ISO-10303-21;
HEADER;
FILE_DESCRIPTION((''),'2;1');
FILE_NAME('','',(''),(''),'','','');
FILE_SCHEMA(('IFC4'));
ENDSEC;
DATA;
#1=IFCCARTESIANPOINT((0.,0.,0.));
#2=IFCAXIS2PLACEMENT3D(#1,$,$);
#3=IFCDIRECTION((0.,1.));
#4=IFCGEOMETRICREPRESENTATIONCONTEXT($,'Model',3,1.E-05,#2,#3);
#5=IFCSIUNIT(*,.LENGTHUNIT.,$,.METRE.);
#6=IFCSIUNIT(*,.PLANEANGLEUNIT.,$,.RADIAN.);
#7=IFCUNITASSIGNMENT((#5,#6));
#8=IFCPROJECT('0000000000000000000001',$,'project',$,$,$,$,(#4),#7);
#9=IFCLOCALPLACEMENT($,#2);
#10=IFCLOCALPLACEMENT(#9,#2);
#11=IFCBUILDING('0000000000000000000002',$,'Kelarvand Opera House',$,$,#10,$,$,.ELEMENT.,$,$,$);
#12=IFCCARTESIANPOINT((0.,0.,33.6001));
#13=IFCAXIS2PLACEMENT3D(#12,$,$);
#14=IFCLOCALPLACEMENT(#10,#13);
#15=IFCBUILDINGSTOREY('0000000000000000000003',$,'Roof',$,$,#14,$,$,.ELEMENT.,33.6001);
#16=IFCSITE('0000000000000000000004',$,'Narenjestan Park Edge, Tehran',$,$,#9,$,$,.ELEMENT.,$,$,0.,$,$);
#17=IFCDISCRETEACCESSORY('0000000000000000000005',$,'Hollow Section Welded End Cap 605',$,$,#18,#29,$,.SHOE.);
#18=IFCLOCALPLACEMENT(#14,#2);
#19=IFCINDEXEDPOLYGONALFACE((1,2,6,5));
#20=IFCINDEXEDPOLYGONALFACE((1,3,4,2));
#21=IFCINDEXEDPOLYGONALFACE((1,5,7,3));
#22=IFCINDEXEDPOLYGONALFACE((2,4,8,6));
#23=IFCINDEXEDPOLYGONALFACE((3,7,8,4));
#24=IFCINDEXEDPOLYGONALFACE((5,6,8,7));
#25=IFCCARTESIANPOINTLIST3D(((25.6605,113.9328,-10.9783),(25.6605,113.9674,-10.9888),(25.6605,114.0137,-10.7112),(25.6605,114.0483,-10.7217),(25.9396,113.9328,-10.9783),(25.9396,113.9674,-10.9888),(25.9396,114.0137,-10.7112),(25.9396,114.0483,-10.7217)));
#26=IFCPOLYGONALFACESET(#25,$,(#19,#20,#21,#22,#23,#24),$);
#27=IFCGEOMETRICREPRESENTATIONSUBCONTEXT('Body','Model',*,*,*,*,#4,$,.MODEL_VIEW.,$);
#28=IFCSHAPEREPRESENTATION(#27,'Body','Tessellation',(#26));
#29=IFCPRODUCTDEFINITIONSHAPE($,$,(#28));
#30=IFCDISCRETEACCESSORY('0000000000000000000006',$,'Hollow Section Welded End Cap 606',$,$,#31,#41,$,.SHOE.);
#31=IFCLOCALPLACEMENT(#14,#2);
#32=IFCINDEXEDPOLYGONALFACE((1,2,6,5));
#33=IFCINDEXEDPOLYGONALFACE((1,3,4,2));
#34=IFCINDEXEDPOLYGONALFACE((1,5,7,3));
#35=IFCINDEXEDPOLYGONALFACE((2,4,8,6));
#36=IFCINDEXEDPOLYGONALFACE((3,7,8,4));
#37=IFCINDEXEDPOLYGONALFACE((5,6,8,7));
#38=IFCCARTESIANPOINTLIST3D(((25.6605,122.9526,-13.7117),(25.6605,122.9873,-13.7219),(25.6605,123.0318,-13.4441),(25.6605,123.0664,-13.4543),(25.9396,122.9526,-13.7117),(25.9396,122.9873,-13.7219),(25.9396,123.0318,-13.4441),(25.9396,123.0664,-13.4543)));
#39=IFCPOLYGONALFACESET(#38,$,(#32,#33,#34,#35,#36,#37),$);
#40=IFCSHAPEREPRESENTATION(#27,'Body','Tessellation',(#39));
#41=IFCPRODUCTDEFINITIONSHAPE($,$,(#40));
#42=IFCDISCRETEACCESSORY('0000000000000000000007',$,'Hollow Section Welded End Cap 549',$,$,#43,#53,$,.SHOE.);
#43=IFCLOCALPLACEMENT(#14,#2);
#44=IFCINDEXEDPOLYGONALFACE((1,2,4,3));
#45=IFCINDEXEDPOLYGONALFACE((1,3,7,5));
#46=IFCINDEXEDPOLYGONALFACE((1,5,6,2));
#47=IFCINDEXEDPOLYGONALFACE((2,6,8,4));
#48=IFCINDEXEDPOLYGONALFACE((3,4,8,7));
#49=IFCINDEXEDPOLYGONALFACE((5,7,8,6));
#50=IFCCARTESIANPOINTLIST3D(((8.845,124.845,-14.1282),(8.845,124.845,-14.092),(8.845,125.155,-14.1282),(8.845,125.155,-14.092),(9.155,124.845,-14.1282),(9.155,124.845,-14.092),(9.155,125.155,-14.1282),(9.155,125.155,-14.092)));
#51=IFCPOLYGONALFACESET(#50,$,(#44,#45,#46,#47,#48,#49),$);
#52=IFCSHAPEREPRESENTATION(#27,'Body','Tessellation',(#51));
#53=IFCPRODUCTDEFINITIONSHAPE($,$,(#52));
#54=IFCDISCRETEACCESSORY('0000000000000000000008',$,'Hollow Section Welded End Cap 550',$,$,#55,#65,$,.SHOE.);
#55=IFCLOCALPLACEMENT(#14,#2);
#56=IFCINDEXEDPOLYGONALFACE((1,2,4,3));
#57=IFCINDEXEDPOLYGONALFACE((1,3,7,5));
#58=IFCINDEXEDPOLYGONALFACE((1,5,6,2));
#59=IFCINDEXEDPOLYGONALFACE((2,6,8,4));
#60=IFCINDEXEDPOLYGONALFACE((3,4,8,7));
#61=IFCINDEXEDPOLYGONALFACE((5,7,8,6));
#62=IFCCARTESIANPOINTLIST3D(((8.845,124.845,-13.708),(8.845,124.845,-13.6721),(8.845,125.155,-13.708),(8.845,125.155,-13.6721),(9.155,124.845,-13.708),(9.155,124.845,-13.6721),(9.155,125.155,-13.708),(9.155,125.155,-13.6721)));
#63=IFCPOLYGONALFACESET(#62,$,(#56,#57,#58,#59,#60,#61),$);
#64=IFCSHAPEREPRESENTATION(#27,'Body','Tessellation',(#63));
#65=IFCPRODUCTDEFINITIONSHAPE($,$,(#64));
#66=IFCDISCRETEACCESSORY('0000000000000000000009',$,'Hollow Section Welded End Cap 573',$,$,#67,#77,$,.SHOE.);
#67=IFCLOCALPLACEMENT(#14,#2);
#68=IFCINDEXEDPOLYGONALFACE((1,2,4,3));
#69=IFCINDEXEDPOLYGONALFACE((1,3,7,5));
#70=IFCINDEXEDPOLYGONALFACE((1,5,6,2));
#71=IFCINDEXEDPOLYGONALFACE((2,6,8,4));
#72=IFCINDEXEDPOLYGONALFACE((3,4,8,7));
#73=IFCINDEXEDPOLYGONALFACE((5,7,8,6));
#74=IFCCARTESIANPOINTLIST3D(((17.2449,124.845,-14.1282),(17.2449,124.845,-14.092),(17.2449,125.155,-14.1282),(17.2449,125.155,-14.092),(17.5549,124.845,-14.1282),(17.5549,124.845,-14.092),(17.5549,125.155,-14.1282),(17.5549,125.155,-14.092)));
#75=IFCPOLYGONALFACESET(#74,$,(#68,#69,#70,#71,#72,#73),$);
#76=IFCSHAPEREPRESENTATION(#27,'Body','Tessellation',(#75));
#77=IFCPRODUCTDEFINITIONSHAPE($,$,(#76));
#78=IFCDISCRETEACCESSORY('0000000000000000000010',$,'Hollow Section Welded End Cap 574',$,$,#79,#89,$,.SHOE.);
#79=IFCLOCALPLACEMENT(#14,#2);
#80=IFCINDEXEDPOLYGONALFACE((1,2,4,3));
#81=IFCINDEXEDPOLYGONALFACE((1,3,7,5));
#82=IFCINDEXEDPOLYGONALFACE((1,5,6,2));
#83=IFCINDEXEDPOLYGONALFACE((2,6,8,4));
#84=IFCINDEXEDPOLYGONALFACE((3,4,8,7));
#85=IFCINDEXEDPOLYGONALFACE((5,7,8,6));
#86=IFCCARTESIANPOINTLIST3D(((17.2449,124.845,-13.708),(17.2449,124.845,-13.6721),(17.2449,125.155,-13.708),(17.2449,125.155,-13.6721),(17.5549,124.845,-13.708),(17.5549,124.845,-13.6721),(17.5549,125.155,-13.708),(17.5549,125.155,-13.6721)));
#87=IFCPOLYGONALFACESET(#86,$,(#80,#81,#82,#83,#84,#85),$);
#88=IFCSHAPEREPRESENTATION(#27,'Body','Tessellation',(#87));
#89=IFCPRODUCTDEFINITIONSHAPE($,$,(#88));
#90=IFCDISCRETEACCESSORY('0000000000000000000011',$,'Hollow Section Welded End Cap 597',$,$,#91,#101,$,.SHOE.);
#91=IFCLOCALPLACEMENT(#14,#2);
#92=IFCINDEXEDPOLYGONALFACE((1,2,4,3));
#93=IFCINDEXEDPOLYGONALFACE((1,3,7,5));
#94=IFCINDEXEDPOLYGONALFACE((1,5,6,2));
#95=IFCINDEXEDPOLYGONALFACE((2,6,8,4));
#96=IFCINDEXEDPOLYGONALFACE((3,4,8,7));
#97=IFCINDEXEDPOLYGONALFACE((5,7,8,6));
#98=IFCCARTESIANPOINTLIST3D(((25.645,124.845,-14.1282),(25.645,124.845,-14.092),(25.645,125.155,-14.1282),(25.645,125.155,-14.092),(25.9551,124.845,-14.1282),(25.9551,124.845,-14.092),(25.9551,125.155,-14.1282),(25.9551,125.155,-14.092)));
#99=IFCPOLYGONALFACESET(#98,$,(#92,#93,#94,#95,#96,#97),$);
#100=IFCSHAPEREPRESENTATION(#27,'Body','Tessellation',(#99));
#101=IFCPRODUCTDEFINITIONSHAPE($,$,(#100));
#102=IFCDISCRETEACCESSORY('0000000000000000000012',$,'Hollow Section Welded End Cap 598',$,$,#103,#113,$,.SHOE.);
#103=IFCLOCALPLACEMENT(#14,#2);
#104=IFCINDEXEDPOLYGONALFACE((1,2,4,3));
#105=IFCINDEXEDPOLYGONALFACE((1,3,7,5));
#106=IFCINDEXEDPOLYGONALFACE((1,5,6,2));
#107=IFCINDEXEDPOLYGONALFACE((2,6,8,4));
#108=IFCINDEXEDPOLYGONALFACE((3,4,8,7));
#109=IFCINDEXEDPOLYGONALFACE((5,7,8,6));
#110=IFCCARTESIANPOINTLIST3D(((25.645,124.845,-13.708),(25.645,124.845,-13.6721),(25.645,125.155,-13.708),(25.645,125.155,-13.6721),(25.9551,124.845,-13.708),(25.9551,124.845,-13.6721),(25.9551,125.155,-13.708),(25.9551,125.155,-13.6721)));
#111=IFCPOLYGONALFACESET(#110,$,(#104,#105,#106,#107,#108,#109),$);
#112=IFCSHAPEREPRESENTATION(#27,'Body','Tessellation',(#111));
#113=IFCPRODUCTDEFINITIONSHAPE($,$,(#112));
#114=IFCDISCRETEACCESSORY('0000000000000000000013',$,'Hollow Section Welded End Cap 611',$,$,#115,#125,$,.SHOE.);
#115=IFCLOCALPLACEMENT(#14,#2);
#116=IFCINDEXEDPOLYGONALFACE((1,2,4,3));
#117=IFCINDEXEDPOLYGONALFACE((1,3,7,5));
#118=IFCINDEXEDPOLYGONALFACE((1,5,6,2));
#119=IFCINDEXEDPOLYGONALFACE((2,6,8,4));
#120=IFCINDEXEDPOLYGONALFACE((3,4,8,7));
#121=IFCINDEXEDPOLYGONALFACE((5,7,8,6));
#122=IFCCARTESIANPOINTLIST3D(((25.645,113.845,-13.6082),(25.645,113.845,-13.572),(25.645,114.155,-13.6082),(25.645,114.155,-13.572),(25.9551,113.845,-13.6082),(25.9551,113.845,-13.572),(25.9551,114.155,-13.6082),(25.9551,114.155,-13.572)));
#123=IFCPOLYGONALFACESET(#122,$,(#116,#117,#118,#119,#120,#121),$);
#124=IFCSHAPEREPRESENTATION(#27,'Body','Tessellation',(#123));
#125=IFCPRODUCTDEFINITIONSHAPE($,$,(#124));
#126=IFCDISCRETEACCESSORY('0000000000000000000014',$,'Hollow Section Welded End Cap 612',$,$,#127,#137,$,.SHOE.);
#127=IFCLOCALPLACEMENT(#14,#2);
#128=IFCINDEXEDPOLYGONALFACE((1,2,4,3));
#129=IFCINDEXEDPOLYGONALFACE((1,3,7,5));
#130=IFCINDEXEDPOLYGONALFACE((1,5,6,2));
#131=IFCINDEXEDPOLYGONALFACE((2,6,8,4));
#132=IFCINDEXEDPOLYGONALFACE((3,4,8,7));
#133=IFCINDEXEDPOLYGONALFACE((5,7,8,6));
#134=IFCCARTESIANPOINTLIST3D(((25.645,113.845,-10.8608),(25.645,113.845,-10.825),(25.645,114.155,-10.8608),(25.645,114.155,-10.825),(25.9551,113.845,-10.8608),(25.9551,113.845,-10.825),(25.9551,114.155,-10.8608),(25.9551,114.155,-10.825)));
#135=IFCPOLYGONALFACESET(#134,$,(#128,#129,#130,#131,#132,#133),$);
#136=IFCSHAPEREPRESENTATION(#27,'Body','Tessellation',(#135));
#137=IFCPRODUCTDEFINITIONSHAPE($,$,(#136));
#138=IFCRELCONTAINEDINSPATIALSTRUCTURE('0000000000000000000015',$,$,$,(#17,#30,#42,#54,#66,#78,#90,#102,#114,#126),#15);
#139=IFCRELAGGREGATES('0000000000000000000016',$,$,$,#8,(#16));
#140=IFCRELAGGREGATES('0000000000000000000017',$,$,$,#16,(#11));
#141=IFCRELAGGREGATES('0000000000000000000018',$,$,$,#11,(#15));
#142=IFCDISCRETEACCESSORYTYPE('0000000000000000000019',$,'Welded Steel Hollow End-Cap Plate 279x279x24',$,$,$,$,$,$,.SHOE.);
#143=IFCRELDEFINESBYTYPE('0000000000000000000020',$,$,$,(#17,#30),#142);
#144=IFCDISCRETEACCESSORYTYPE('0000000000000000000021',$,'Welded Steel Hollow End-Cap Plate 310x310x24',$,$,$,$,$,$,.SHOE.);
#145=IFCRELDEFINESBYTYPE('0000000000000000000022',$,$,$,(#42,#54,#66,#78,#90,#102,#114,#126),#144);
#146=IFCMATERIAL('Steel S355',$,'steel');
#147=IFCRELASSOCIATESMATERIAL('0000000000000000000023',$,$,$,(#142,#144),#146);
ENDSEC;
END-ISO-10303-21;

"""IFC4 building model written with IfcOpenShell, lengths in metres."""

from ifc_helpers import new_model, si_unit, direction, frame, origin, origin_2d, place, context, subcontext, project, spatial, rectangle, extrude, material, material_profile, profile_set, type_object, element, save


model = new_model("IFC4")

# Units and contexts
model_context = context("Model", 3, precision=1e-05, world=origin(), true_north=direction((0.0, 1.0)))
body_context = subcontext(model_context, "Body", "Model", "MODEL_VIEW")
ifc_project = project(units=[si_unit("LENGTHUNIT", "METRE"), si_unit("PLANEANGLEUNIT", "RADIAN")], contexts=[model_context])

# Site, building, storey
site_placement = place(None, origin())
site = spatial("IfcSite", under=ifc_project, at=site_placement, Name="Narenjestan Park Edge, Tehran", CompositionType="ELEMENT", RefElevation=0.0)
building_placement = place(site_placement, origin())
building = spatial("IfcBuilding", under=site, at=building_placement, Name="Kelarvand Opera House", CompositionType="ELEMENT")
storey_placement = place(building_placement, frame((0.0, 0.0, 33.6001)))
storey = spatial("IfcBuildingStorey", under=building, at=storey_placement, Name="Roof", CompositionType="ELEMENT", Elevation=33.6001)

# Shared definitions
ifc_material = material(Name="Steel S355", Category="steel")

# Discrete accessories
ifc_material_profile_1 = material_profile(ifc_material, rectangle(XDim=0.2791, YDim=0.2791, at=origin_2d()), Name="Welded Steel Hollow End-Cap Plate 279x279x24", Category="steel")
ifc_profile_set_1 = profile_set([ifc_material_profile_1], Name="Steel S355")
discrete_accessory_type_1 = type_object("IfcDiscreteAccessoryType", Name="Welded Steel Hollow End-Cap Plate 279x279x24", PredefinedType="SHOE", material=ifc_profile_set_1)
for number, where, z_axis, x_axis, name in (
    (1, (25.8, 114.0078, -10.8552), (0.0, -0.957081, 0.28982), (1.0, 0.0, 0.0), "Hollow Section Welded End Cap 605"),
    (2, (25.8, 122.9922, -13.5779), (0.0, 0.958934, -0.283628), (-1.0, 0.0, 0.0), "Hollow Section Welded End Cap 606"),
):
    element("IfcDiscreteAccessory", number, at=place(storey_placement, frame(where, z_axis=z_axis, x_axis=x_axis)), inside=storey, type_object=discrete_accessory_type_1, Name=name, PredefinedType="SHOE", context=body_context, shape_type="SweptSolid", body=[
        extrude(rectangle(XDim=0.2791, YDim=0.2791, at=origin_2d()), origin(), (0.0, 0.0, 1.0), 0.0361),
    ])
ifc_material_profile_2 = material_profile(ifc_material, rectangle(XDim=0.3101, YDim=0.3101, at=origin_2d()), Name="Welded Steel Hollow End-Cap Plate 310x310x24", Category="steel")
ifc_profile_set_2 = profile_set([ifc_material_profile_2], Name="Steel S355")
discrete_accessory_type_2 = type_object("IfcDiscreteAccessoryType", Name="Welded Steel Hollow End-Cap Plate 310x310x24", PredefinedType="SHOE", material=ifc_profile_set_2)
discrete_accessory_1_placement = place(storey_placement, frame((9.0, 125.0, -14.092), z_axis=(0.0, 0.0, -1.0), x_axis=(1.0, 0.0, 0.0)))
element("IfcDiscreteAccessory", 3, at=discrete_accessory_1_placement, inside=storey, type_object=discrete_accessory_type_2, Name="Hollow Section Welded End Cap 549", PredefinedType="SHOE", context=body_context, shape_type="SweptSolid", body=[
    extrude(rectangle(XDim=0.3101, YDim=0.3101, at=origin_2d()), origin(), (0.0, 0.0, 1.0), 0.0361),
])
discrete_accessory_2_placement = place(storey_placement, frame((9.0, 125.0, -13.708), z_axis=(0.0, 0.0, 1.0), x_axis=(1.0, 0.0, 0.0)))
element("IfcDiscreteAccessory", 4, at=discrete_accessory_2_placement, inside=storey, type_object=discrete_accessory_type_2, Name="Hollow Section Welded End Cap 550", PredefinedType="SHOE", context=body_context, shape_type="SweptSolid", body=[
    extrude(rectangle(XDim=0.3101, YDim=0.3101, at=origin_2d()), origin(), (0.0, 0.0, 1.0), 0.0359),
])
discrete_accessory_3_placement = place(storey_placement, frame((17.3999, 125.0, -14.092), z_axis=(0.0, 0.0, -1.0), x_axis=(1.0, 0.0, 0.0)))
element("IfcDiscreteAccessory", 5, at=discrete_accessory_3_placement, inside=storey, type_object=discrete_accessory_type_2, Name="Hollow Section Welded End Cap 573", PredefinedType="SHOE", context=body_context, shape_type="SweptSolid", body=[
    extrude(rectangle(XDim=0.3101, YDim=0.3101, at=origin_2d()), origin(), (0.0, 0.0, 1.0), 0.0361),
])
discrete_accessory_4_placement = place(storey_placement, frame((17.3999, 125.0, -13.708), z_axis=(0.0, 0.0, 1.0), x_axis=(1.0, 0.0, 0.0)))
element("IfcDiscreteAccessory", 6, at=discrete_accessory_4_placement, inside=storey, type_object=discrete_accessory_type_2, Name="Hollow Section Welded End Cap 574", PredefinedType="SHOE", context=body_context, shape_type="SweptSolid", body=[
    extrude(rectangle(XDim=0.3101, YDim=0.3101, at=origin_2d()), origin(), (0.0, 0.0, 1.0), 0.0359),
])
discrete_accessory_5_placement = place(storey_placement, frame((25.8, 125.0, -14.092), z_axis=(0.0, 0.0, -1.0), x_axis=(1.0, 0.0, 0.0)))
element("IfcDiscreteAccessory", 7, at=discrete_accessory_5_placement, inside=storey, type_object=discrete_accessory_type_2, Name="Hollow Section Welded End Cap 597", PredefinedType="SHOE", context=body_context, shape_type="SweptSolid", body=[
    extrude(rectangle(XDim=0.3101, YDim=0.3101, at=origin_2d()), origin(), (0.0, 0.0, 1.0), 0.0361),
])
discrete_accessory_6_placement = place(storey_placement, frame((25.8, 125.0, -13.708), z_axis=(0.0, 0.0, 1.0), x_axis=(1.0, 0.0, 0.0)))
element("IfcDiscreteAccessory", 8, at=discrete_accessory_6_placement, inside=storey, type_object=discrete_accessory_type_2, Name="Hollow Section Welded End Cap 598", PredefinedType="SHOE", context=body_context, shape_type="SweptSolid", body=[
    extrude(rectangle(XDim=0.3101, YDim=0.3101, at=origin_2d()), origin(), (0.0, 0.0, 1.0), 0.0359),
])
discrete_accessory_7_placement = place(storey_placement, frame((25.8, 114.0, -13.572), z_axis=(0.0, 0.0, -1.0), x_axis=(1.0, 0.0, 0.0)))
element("IfcDiscreteAccessory", 9, at=discrete_accessory_7_placement, inside=storey, type_object=discrete_accessory_type_2, Name="Hollow Section Welded End Cap 611", PredefinedType="SHOE", context=body_context, shape_type="SweptSolid", body=[
    extrude(rectangle(XDim=0.3101, YDim=0.3101, at=origin_2d()), origin(), (0.0, 0.0, 1.0), 0.0361),
])
discrete_accessory_8_placement = place(storey_placement, frame((25.8, 114.0, -10.8608), z_axis=(0.0, 0.0, 1.0), x_axis=(1.0, 0.0, 0.0)))
element("IfcDiscreteAccessory", 10, at=discrete_accessory_8_placement, inside=storey, type_object=discrete_accessory_type_2, Name="Hollow Section Welded End Cap 612", PredefinedType="SHOE", context=body_context, shape_type="SweptSolid", body=[
    extrude(rectangle(XDim=0.3101, YDim=0.3101, at=origin_2d()), origin(), (0.0, 0.0, 1.0), 0.0359),
])

save(model, "model.ifc")
